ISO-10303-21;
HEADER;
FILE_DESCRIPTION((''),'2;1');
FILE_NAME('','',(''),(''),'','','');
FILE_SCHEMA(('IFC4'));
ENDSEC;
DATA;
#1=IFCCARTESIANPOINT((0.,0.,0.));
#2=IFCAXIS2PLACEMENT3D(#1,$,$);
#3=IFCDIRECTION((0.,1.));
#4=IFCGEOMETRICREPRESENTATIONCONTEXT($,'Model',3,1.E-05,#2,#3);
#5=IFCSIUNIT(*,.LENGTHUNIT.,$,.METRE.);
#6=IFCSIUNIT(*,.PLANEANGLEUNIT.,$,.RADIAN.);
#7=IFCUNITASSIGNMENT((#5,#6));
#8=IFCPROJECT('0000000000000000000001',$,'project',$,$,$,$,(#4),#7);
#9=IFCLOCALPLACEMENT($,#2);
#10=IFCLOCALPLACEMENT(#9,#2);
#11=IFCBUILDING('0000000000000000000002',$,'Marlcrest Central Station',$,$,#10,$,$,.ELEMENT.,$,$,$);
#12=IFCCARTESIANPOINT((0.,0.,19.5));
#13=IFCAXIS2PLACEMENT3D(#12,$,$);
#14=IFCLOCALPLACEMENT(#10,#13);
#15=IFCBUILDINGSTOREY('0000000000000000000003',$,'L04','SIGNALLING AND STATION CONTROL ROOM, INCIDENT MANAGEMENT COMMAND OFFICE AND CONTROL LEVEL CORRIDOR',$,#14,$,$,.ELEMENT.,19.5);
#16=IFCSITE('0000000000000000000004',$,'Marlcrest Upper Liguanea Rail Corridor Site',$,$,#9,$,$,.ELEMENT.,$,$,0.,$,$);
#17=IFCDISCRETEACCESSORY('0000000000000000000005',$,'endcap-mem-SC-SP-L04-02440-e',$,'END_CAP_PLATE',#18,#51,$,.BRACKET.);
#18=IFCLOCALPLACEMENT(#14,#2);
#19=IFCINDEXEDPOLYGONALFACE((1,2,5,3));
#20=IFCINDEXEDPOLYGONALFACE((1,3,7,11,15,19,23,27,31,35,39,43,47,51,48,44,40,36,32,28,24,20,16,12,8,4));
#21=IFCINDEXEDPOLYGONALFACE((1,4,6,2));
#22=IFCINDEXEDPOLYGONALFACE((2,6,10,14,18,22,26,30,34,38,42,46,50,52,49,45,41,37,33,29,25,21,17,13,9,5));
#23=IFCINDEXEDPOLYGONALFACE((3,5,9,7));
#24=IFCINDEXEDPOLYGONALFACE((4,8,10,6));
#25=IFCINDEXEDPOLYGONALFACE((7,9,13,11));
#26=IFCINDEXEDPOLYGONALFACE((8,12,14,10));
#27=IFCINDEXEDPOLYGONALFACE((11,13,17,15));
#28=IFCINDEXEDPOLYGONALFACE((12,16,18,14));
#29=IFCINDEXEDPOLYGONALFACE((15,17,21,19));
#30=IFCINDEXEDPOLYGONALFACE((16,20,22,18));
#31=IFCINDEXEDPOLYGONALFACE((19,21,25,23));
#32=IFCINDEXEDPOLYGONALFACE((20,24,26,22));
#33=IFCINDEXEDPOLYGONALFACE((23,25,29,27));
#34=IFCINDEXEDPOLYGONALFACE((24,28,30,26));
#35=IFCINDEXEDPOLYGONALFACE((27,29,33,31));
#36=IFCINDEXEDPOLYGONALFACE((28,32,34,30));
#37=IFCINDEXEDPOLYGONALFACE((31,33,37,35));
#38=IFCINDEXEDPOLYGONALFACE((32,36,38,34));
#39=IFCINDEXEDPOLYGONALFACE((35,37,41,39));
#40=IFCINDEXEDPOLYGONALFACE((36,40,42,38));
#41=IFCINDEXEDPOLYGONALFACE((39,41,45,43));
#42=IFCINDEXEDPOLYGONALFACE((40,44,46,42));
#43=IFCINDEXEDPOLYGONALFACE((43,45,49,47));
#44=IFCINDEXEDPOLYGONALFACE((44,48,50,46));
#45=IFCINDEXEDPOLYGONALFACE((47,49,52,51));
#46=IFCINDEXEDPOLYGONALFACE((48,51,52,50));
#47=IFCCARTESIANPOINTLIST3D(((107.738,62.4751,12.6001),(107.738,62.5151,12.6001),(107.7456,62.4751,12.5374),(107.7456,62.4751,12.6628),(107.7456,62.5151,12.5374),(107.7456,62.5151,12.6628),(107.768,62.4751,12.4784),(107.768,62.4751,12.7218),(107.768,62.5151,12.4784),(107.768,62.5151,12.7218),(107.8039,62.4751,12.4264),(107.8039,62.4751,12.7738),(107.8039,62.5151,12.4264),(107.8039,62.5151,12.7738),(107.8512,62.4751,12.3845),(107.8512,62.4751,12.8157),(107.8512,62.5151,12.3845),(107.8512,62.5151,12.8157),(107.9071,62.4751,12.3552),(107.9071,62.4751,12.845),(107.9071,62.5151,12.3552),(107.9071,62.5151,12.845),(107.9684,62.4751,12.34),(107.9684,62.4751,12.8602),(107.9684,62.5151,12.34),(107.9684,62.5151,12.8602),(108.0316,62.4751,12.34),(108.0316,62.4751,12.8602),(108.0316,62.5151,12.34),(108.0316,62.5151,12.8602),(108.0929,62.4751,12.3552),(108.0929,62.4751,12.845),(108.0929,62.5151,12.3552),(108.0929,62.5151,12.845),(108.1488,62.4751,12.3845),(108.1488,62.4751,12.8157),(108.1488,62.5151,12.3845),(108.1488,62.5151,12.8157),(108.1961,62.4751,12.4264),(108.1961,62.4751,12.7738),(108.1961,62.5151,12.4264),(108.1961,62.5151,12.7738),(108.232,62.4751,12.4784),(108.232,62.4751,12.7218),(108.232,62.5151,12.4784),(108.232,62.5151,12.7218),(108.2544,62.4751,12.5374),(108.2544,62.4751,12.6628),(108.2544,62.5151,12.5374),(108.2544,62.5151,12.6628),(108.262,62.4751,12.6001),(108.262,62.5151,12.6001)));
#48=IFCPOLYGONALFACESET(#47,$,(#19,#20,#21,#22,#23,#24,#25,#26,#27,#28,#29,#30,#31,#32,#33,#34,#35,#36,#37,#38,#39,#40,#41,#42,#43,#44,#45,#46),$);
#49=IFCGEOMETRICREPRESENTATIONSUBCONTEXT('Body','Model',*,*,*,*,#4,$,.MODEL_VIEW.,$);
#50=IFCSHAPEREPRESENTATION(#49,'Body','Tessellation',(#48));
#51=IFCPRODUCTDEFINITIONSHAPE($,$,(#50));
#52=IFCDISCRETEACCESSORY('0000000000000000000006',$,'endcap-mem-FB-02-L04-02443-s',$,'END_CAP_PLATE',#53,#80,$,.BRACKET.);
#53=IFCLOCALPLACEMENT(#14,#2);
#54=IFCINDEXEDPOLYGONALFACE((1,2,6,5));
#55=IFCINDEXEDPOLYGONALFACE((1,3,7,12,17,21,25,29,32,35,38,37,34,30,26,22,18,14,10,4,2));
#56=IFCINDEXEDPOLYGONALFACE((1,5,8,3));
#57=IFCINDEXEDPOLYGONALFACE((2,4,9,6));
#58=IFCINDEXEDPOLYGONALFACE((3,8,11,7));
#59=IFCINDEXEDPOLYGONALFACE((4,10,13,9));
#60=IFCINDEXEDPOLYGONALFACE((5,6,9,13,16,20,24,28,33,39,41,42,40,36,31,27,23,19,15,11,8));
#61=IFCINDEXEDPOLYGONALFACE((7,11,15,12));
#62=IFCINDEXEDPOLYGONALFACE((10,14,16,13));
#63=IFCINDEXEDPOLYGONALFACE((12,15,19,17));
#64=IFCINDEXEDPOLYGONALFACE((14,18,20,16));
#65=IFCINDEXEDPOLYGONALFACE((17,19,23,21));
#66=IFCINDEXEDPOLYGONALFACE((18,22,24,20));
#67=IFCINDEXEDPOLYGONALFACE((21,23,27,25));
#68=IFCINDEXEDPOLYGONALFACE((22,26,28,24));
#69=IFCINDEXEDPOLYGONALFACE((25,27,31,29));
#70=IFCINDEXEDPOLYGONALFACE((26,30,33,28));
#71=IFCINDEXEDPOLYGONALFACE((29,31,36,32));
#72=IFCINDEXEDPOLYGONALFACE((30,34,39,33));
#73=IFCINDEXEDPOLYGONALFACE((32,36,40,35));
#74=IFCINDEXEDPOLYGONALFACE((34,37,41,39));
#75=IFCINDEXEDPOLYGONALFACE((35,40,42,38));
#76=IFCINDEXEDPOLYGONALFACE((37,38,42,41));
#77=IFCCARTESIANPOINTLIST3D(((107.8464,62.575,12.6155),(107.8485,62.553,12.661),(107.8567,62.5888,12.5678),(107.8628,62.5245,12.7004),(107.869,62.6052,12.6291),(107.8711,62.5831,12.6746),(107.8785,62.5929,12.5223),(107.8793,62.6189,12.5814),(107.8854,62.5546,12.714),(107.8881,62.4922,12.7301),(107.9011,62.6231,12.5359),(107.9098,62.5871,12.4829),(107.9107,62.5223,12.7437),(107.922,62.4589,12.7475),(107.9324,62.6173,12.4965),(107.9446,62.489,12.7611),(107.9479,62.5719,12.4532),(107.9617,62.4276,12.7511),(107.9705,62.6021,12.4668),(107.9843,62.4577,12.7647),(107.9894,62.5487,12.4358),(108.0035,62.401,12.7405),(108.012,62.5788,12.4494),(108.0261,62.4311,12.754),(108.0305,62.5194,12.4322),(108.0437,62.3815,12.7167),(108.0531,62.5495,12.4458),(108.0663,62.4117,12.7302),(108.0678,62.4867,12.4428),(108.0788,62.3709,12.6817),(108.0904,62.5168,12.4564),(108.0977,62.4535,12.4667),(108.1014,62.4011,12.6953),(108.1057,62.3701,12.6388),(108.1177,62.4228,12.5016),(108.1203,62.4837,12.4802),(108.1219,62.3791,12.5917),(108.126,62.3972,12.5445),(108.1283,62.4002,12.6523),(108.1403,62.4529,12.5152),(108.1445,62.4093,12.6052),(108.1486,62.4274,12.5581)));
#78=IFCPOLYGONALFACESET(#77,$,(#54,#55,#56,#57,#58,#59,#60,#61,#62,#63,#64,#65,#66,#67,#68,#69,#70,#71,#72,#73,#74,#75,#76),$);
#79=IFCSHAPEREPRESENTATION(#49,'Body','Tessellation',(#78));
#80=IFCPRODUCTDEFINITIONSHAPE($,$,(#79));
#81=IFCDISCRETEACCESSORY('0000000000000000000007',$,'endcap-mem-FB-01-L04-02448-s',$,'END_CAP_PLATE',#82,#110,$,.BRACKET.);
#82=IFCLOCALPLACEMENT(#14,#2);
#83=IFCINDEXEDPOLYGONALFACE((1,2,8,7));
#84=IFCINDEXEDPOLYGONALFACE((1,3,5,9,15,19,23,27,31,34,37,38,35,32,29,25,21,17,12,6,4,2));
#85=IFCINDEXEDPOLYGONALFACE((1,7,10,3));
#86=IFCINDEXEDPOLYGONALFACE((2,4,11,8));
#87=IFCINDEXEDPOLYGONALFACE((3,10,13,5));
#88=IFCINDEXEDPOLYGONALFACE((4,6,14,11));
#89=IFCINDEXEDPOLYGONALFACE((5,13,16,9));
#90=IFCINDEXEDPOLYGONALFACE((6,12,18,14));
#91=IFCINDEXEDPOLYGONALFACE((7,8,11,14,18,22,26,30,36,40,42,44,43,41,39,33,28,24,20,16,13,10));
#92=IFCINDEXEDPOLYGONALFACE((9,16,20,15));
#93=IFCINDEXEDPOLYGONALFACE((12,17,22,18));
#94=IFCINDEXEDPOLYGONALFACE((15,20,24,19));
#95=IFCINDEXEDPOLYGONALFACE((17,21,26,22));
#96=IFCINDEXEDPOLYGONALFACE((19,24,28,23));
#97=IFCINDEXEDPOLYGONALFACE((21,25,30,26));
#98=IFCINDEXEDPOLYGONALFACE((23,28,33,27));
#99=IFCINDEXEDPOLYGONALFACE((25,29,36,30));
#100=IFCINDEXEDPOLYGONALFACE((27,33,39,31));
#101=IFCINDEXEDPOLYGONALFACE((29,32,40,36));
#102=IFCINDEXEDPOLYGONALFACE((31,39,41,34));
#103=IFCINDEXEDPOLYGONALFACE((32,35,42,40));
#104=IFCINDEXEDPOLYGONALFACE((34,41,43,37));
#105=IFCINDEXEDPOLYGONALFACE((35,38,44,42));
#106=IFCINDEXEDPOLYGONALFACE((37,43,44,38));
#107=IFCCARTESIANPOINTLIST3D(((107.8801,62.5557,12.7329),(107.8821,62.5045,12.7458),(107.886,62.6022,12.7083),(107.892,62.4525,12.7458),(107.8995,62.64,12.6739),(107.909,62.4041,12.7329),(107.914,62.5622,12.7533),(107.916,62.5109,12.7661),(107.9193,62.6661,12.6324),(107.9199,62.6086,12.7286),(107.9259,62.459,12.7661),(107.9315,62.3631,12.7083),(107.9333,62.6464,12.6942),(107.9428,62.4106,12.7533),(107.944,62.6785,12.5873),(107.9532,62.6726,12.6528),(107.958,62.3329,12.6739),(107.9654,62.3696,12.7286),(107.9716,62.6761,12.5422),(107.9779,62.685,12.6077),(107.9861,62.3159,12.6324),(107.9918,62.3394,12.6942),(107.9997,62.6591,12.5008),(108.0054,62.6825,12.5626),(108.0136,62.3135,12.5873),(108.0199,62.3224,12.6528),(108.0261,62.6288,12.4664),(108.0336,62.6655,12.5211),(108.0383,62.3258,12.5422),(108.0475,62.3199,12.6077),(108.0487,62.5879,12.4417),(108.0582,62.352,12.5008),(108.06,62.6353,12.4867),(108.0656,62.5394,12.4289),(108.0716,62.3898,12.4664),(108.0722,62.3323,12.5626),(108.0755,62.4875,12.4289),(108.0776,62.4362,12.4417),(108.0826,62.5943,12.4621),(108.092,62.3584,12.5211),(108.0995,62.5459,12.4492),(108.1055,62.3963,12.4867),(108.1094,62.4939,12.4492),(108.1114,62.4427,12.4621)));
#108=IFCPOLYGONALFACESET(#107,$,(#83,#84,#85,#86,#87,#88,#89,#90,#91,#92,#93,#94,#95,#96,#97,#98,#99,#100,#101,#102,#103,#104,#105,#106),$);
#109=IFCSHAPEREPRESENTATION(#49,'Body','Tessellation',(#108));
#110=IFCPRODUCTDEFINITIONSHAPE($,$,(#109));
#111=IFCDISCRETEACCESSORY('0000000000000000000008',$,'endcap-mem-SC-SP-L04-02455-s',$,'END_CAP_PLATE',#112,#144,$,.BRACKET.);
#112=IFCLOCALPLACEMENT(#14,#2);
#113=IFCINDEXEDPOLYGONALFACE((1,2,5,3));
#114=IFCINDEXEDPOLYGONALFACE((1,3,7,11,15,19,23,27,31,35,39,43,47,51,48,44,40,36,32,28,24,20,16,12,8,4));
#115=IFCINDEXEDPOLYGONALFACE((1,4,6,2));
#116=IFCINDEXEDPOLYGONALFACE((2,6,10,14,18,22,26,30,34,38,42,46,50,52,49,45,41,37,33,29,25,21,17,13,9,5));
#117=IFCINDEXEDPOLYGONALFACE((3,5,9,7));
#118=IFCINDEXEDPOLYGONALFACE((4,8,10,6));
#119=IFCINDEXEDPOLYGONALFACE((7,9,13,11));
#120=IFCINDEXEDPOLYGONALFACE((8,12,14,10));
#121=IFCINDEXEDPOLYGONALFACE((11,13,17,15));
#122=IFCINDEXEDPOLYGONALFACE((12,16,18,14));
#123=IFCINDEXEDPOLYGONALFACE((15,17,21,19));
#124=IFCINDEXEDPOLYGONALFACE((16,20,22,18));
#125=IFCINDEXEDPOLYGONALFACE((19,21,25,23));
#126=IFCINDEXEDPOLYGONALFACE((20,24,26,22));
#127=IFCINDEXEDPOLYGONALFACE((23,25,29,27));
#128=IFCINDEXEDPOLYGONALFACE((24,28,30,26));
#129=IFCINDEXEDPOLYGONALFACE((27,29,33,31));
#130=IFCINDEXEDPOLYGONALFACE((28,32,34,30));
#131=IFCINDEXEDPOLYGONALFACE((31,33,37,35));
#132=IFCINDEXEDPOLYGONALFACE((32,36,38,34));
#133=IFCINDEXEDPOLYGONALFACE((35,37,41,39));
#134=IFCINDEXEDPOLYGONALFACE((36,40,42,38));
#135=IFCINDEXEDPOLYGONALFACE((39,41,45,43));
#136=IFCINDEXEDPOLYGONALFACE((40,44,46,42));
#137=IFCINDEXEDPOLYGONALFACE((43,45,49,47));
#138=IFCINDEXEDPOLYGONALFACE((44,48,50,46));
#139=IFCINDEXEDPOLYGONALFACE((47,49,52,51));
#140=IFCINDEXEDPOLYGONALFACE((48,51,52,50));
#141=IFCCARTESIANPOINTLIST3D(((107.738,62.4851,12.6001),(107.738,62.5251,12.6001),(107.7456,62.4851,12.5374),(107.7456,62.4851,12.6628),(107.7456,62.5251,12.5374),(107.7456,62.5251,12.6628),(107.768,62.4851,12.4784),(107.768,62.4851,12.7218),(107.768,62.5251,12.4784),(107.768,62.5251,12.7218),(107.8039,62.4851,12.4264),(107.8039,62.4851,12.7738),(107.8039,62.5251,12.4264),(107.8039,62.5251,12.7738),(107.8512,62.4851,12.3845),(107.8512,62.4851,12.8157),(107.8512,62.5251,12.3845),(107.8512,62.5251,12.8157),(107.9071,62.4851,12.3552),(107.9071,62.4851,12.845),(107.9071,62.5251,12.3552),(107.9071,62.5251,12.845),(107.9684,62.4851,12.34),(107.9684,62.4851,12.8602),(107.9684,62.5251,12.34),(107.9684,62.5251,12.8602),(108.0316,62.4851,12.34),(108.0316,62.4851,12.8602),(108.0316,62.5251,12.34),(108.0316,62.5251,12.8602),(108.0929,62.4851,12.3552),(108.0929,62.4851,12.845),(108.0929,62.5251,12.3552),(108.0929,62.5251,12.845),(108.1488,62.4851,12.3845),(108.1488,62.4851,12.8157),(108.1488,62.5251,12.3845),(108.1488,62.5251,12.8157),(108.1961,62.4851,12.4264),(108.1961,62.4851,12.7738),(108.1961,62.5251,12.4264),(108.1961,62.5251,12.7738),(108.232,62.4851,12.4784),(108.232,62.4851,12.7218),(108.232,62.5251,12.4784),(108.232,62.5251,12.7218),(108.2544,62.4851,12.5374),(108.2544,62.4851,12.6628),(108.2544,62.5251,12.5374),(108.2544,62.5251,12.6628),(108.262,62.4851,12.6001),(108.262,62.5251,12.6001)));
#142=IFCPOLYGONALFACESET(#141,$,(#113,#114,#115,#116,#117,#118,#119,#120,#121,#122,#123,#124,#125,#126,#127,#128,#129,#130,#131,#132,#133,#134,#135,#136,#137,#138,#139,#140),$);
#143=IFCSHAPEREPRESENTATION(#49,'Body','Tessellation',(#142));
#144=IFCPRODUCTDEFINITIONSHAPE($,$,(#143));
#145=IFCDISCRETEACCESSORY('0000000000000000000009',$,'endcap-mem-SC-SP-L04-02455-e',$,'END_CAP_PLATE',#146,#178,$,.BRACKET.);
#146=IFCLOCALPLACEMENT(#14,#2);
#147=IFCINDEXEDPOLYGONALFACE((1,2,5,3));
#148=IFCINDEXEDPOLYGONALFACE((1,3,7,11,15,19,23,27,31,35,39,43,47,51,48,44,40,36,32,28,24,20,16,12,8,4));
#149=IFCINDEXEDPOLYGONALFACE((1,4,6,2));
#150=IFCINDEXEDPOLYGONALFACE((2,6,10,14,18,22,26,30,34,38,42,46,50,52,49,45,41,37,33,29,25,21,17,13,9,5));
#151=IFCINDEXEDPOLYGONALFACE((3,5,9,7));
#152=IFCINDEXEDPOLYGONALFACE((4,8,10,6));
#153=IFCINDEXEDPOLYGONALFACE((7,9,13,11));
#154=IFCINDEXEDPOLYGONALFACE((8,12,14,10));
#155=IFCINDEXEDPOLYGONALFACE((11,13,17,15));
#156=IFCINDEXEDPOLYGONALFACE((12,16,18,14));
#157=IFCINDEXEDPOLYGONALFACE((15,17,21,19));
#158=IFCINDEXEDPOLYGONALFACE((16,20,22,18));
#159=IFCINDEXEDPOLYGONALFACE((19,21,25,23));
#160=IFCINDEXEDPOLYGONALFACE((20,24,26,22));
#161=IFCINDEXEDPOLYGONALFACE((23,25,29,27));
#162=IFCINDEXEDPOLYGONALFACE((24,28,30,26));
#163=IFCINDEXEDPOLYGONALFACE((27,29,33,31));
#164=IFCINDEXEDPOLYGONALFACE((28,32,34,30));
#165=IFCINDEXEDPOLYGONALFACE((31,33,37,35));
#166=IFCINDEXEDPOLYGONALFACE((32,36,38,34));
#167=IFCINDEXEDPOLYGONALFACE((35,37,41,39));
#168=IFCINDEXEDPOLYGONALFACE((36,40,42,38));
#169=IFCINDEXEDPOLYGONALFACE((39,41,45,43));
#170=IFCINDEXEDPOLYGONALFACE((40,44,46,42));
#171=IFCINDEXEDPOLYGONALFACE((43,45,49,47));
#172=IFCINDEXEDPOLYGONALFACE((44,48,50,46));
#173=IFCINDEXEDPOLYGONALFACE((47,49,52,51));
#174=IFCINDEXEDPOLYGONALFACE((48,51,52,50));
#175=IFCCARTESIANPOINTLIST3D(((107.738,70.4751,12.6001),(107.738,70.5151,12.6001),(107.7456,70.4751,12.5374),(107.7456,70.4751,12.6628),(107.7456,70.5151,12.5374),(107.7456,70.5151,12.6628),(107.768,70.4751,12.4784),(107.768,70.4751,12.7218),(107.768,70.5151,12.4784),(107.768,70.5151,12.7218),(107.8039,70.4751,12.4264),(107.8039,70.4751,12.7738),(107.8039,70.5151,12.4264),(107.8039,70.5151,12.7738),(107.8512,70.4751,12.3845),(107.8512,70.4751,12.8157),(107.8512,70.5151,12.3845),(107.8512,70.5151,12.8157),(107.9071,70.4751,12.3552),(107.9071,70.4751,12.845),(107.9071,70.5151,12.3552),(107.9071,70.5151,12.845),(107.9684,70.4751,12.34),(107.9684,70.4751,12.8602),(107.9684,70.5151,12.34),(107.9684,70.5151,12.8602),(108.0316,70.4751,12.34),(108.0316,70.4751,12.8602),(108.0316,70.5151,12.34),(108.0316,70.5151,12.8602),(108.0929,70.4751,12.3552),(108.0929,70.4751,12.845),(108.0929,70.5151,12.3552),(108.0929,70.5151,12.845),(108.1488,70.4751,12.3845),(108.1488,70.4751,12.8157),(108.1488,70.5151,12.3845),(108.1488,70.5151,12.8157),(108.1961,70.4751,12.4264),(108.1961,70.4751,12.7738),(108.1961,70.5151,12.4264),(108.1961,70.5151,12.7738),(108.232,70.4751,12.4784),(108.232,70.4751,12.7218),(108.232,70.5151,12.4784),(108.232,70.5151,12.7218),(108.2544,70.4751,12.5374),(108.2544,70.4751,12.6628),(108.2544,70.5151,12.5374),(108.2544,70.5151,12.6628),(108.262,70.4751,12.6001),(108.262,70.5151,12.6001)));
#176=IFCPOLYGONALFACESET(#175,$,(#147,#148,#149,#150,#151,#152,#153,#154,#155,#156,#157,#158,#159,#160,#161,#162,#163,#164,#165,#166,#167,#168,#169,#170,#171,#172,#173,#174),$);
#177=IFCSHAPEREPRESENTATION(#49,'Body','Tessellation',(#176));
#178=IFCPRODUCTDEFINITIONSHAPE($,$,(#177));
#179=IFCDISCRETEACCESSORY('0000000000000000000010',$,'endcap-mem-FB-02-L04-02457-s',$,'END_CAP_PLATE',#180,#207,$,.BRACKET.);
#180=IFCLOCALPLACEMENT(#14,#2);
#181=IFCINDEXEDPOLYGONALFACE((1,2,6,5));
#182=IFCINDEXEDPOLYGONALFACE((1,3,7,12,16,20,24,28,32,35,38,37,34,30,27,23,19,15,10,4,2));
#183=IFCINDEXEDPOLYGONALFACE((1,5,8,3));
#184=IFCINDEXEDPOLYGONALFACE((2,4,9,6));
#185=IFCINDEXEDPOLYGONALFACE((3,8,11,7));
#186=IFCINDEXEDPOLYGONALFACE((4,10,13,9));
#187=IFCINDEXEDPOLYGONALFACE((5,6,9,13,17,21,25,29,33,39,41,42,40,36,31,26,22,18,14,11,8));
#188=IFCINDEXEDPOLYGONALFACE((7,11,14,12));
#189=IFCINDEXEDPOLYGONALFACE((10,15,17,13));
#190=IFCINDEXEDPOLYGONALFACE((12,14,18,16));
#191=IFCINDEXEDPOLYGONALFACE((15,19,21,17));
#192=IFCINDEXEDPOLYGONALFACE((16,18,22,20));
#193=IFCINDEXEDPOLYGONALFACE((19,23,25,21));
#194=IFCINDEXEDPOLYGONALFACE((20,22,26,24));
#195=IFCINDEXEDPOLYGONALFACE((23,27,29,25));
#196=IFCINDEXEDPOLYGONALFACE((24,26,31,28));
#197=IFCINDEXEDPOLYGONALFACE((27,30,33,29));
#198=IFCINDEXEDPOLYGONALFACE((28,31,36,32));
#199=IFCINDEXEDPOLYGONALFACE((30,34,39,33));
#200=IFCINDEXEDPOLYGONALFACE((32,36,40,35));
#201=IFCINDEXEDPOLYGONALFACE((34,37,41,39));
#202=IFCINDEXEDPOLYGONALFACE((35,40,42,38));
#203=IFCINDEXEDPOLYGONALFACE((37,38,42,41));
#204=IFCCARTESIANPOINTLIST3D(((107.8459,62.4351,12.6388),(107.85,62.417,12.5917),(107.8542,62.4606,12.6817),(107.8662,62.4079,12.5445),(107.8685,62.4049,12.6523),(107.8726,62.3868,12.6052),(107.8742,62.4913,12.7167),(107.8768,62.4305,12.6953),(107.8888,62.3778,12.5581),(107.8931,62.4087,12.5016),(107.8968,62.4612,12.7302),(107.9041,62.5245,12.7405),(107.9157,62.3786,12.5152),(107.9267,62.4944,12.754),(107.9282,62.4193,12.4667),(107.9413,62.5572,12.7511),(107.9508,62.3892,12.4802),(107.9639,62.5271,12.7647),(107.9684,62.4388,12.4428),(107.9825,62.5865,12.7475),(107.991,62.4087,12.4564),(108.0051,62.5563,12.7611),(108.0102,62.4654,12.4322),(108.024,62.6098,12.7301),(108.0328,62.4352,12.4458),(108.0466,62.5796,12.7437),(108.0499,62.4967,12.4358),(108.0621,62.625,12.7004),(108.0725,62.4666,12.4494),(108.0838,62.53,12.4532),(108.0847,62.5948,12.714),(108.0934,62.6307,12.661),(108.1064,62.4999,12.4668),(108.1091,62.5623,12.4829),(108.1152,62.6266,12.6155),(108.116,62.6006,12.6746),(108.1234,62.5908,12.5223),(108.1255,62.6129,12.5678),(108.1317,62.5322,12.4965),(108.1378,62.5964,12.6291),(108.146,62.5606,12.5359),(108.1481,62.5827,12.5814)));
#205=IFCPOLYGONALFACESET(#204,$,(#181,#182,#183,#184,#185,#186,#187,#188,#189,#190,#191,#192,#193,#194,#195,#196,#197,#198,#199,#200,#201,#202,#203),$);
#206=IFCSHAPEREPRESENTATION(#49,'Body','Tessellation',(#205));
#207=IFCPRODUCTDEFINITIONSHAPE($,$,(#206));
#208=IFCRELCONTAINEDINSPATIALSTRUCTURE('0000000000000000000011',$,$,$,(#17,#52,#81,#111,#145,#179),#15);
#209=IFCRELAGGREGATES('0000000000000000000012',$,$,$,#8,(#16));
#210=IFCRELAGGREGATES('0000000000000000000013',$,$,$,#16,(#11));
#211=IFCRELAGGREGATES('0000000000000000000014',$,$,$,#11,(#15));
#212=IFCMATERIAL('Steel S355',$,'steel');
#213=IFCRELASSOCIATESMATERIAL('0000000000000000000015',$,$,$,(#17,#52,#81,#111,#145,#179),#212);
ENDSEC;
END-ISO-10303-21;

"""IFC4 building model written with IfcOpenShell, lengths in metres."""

from ifc_helpers import new_model, si_unit, direction, frame, origin, origin_2d, place, context, subcontext, project, spatial, circle, extrude, material, element, save


model = new_model("IFC4")

# Units and contexts
model_context = context("Model", 3, precision=1e-05, world=origin(), true_north=direction((0.0, 1.0)))
body_context = subcontext(model_context, "Body", "Model", "MODEL_VIEW")
ifc_project = project(units=[si_unit("LENGTHUNIT", "METRE"), si_unit("PLANEANGLEUNIT", "RADIAN")], contexts=[model_context])

# Site, building, storey
site_placement = place(None, origin())
site = spatial("IfcSite", under=ifc_project, at=site_placement, Name="Marlcrest Upper Liguanea Rail Corridor Site", CompositionType="ELEMENT", RefElevation=0.0)
building_placement = place(site_placement, origin())
building = spatial("IfcBuilding", under=site, at=building_placement, Name="Marlcrest Central Station", CompositionType="ELEMENT")
storey_placement = place(building_placement, frame((0.0, 0.0, 19.5)))
storey = spatial("IfcBuildingStorey", under=building, at=storey_placement, Name="L04", Description="SIGNALLING AND STATION CONTROL ROOM, INCIDENT MANAGEMENT COMMAND OFFICE AND CONTROL LEVEL CORRIDOR", CompositionType="ELEMENT", Elevation=19.5)

# Discrete accessories
ifc_material_1 = material(Name="Steel S355", Category="steel")
discrete_accessory_1_placement = place(storey_placement, frame((108.0, 62.4751, 12.6001), z_axis=(0.0, 1.0, 0.0), x_axis=(-1.0, 0.0, 0.0)))
element("IfcDiscreteAccessory", 1, at=discrete_accessory_1_placement, inside=storey, material=ifc_material_1, Name="endcap-mem-SC-SP-L04-02440-e", ObjectType="END_CAP_PLATE", PredefinedType="BRACKET", context=body_context, shape_type="SweptSolid", body=[
    extrude(circle(Radius=0.262, at=origin_2d()), origin(), (0.0, 0.0, 1.0), 0.04),
])
discrete_accessory_2_placement = place(storey_placement, frame((108.0085, 62.5112, 12.6052), z_axis=(-0.564531, -0.752708, -0.338728), x_axis=(0.8, -0.6, 0.0)))
element("IfcDiscreteAccessory", 2, at=discrete_accessory_2_placement, inside=storey, material=ifc_material_1, Name="endcap-mem-FB-02-L04-02443-s", ObjectType="END_CAP_PLATE", PredefinedType="BRACKET", context=body_context, shape_type="SweptSolid", body=[
    extrude(circle(Radius=0.1699, at=origin_2d()), origin(), (0.0, 0.0, 1.0), 0.04),
])
discrete_accessory_3_placement = place(storey_placement, frame((108.0127, 62.5024, 12.6077), z_axis=(-0.846277, -0.161196, -0.50777), x_axis=(0.187112, -0.982339, 0.0)))
element("IfcDiscreteAccessory", 3, at=discrete_accessory_3_placement, inside=storey, material=ifc_material_1, Name="endcap-mem-FB-01-L04-02448-s", ObjectType="END_CAP_PLATE", PredefinedType="BRACKET", context=body_context, shape_type="SweptSolid", body=[
    extrude(circle(Radius=0.1858, at=origin_2d()), origin(), (0.0, 0.0, 1.0), 0.04),
])
for number, where, z_axis, x_axis, name in (
    (4, (108.0, 62.4851, 12.6001), (0.0, 1.0, 0.0), (-1.0, 0.0, 0.0), "endcap-mem-SC-SP-L04-02455-s"),
    (5, (108.0, 70.4751, 12.6001), (0.0, 1.0, 0.0), (-1.0, 0.0, 0.0), "endcap-mem-SC-SP-L04-02455-e"),
):
    element("IfcDiscreteAccessory", number, at=place(storey_placement, frame(where, z_axis=z_axis, x_axis=x_axis)), inside=storey, material=ifc_material_1, Name=name, ObjectType="END_CAP_PLATE", PredefinedType="BRACKET", context=body_context, shape_type="SweptSolid", body=[
        extrude(circle(Radius=0.262, at=origin_2d()), origin(), (0.0, 0.0, 1.0), 0.04),
    ])
for number, where, z_axis, x_axis, name in (
    (6, (108.0085, 62.4888, 12.6052), (-0.564531, 0.752708, -0.338728), (-0.8, -0.6, 0.0), "endcap-mem-FB-02-L04-02457-s"),
):
    element("IfcDiscreteAccessory", number, at=place(storey_placement, frame(where, z_axis=z_axis, x_axis=x_axis)), inside=storey, material=ifc_material_1, Name=name, ObjectType="END_CAP_PLATE", PredefinedType="BRACKET", context=body_context, shape_type="SweptSolid", body=[
        extrude(circle(Radius=0.1699, at=origin_2d()), origin(), (0.0, 0.0, 1.0), 0.04),
    ])

save(model, "model.ifc")
